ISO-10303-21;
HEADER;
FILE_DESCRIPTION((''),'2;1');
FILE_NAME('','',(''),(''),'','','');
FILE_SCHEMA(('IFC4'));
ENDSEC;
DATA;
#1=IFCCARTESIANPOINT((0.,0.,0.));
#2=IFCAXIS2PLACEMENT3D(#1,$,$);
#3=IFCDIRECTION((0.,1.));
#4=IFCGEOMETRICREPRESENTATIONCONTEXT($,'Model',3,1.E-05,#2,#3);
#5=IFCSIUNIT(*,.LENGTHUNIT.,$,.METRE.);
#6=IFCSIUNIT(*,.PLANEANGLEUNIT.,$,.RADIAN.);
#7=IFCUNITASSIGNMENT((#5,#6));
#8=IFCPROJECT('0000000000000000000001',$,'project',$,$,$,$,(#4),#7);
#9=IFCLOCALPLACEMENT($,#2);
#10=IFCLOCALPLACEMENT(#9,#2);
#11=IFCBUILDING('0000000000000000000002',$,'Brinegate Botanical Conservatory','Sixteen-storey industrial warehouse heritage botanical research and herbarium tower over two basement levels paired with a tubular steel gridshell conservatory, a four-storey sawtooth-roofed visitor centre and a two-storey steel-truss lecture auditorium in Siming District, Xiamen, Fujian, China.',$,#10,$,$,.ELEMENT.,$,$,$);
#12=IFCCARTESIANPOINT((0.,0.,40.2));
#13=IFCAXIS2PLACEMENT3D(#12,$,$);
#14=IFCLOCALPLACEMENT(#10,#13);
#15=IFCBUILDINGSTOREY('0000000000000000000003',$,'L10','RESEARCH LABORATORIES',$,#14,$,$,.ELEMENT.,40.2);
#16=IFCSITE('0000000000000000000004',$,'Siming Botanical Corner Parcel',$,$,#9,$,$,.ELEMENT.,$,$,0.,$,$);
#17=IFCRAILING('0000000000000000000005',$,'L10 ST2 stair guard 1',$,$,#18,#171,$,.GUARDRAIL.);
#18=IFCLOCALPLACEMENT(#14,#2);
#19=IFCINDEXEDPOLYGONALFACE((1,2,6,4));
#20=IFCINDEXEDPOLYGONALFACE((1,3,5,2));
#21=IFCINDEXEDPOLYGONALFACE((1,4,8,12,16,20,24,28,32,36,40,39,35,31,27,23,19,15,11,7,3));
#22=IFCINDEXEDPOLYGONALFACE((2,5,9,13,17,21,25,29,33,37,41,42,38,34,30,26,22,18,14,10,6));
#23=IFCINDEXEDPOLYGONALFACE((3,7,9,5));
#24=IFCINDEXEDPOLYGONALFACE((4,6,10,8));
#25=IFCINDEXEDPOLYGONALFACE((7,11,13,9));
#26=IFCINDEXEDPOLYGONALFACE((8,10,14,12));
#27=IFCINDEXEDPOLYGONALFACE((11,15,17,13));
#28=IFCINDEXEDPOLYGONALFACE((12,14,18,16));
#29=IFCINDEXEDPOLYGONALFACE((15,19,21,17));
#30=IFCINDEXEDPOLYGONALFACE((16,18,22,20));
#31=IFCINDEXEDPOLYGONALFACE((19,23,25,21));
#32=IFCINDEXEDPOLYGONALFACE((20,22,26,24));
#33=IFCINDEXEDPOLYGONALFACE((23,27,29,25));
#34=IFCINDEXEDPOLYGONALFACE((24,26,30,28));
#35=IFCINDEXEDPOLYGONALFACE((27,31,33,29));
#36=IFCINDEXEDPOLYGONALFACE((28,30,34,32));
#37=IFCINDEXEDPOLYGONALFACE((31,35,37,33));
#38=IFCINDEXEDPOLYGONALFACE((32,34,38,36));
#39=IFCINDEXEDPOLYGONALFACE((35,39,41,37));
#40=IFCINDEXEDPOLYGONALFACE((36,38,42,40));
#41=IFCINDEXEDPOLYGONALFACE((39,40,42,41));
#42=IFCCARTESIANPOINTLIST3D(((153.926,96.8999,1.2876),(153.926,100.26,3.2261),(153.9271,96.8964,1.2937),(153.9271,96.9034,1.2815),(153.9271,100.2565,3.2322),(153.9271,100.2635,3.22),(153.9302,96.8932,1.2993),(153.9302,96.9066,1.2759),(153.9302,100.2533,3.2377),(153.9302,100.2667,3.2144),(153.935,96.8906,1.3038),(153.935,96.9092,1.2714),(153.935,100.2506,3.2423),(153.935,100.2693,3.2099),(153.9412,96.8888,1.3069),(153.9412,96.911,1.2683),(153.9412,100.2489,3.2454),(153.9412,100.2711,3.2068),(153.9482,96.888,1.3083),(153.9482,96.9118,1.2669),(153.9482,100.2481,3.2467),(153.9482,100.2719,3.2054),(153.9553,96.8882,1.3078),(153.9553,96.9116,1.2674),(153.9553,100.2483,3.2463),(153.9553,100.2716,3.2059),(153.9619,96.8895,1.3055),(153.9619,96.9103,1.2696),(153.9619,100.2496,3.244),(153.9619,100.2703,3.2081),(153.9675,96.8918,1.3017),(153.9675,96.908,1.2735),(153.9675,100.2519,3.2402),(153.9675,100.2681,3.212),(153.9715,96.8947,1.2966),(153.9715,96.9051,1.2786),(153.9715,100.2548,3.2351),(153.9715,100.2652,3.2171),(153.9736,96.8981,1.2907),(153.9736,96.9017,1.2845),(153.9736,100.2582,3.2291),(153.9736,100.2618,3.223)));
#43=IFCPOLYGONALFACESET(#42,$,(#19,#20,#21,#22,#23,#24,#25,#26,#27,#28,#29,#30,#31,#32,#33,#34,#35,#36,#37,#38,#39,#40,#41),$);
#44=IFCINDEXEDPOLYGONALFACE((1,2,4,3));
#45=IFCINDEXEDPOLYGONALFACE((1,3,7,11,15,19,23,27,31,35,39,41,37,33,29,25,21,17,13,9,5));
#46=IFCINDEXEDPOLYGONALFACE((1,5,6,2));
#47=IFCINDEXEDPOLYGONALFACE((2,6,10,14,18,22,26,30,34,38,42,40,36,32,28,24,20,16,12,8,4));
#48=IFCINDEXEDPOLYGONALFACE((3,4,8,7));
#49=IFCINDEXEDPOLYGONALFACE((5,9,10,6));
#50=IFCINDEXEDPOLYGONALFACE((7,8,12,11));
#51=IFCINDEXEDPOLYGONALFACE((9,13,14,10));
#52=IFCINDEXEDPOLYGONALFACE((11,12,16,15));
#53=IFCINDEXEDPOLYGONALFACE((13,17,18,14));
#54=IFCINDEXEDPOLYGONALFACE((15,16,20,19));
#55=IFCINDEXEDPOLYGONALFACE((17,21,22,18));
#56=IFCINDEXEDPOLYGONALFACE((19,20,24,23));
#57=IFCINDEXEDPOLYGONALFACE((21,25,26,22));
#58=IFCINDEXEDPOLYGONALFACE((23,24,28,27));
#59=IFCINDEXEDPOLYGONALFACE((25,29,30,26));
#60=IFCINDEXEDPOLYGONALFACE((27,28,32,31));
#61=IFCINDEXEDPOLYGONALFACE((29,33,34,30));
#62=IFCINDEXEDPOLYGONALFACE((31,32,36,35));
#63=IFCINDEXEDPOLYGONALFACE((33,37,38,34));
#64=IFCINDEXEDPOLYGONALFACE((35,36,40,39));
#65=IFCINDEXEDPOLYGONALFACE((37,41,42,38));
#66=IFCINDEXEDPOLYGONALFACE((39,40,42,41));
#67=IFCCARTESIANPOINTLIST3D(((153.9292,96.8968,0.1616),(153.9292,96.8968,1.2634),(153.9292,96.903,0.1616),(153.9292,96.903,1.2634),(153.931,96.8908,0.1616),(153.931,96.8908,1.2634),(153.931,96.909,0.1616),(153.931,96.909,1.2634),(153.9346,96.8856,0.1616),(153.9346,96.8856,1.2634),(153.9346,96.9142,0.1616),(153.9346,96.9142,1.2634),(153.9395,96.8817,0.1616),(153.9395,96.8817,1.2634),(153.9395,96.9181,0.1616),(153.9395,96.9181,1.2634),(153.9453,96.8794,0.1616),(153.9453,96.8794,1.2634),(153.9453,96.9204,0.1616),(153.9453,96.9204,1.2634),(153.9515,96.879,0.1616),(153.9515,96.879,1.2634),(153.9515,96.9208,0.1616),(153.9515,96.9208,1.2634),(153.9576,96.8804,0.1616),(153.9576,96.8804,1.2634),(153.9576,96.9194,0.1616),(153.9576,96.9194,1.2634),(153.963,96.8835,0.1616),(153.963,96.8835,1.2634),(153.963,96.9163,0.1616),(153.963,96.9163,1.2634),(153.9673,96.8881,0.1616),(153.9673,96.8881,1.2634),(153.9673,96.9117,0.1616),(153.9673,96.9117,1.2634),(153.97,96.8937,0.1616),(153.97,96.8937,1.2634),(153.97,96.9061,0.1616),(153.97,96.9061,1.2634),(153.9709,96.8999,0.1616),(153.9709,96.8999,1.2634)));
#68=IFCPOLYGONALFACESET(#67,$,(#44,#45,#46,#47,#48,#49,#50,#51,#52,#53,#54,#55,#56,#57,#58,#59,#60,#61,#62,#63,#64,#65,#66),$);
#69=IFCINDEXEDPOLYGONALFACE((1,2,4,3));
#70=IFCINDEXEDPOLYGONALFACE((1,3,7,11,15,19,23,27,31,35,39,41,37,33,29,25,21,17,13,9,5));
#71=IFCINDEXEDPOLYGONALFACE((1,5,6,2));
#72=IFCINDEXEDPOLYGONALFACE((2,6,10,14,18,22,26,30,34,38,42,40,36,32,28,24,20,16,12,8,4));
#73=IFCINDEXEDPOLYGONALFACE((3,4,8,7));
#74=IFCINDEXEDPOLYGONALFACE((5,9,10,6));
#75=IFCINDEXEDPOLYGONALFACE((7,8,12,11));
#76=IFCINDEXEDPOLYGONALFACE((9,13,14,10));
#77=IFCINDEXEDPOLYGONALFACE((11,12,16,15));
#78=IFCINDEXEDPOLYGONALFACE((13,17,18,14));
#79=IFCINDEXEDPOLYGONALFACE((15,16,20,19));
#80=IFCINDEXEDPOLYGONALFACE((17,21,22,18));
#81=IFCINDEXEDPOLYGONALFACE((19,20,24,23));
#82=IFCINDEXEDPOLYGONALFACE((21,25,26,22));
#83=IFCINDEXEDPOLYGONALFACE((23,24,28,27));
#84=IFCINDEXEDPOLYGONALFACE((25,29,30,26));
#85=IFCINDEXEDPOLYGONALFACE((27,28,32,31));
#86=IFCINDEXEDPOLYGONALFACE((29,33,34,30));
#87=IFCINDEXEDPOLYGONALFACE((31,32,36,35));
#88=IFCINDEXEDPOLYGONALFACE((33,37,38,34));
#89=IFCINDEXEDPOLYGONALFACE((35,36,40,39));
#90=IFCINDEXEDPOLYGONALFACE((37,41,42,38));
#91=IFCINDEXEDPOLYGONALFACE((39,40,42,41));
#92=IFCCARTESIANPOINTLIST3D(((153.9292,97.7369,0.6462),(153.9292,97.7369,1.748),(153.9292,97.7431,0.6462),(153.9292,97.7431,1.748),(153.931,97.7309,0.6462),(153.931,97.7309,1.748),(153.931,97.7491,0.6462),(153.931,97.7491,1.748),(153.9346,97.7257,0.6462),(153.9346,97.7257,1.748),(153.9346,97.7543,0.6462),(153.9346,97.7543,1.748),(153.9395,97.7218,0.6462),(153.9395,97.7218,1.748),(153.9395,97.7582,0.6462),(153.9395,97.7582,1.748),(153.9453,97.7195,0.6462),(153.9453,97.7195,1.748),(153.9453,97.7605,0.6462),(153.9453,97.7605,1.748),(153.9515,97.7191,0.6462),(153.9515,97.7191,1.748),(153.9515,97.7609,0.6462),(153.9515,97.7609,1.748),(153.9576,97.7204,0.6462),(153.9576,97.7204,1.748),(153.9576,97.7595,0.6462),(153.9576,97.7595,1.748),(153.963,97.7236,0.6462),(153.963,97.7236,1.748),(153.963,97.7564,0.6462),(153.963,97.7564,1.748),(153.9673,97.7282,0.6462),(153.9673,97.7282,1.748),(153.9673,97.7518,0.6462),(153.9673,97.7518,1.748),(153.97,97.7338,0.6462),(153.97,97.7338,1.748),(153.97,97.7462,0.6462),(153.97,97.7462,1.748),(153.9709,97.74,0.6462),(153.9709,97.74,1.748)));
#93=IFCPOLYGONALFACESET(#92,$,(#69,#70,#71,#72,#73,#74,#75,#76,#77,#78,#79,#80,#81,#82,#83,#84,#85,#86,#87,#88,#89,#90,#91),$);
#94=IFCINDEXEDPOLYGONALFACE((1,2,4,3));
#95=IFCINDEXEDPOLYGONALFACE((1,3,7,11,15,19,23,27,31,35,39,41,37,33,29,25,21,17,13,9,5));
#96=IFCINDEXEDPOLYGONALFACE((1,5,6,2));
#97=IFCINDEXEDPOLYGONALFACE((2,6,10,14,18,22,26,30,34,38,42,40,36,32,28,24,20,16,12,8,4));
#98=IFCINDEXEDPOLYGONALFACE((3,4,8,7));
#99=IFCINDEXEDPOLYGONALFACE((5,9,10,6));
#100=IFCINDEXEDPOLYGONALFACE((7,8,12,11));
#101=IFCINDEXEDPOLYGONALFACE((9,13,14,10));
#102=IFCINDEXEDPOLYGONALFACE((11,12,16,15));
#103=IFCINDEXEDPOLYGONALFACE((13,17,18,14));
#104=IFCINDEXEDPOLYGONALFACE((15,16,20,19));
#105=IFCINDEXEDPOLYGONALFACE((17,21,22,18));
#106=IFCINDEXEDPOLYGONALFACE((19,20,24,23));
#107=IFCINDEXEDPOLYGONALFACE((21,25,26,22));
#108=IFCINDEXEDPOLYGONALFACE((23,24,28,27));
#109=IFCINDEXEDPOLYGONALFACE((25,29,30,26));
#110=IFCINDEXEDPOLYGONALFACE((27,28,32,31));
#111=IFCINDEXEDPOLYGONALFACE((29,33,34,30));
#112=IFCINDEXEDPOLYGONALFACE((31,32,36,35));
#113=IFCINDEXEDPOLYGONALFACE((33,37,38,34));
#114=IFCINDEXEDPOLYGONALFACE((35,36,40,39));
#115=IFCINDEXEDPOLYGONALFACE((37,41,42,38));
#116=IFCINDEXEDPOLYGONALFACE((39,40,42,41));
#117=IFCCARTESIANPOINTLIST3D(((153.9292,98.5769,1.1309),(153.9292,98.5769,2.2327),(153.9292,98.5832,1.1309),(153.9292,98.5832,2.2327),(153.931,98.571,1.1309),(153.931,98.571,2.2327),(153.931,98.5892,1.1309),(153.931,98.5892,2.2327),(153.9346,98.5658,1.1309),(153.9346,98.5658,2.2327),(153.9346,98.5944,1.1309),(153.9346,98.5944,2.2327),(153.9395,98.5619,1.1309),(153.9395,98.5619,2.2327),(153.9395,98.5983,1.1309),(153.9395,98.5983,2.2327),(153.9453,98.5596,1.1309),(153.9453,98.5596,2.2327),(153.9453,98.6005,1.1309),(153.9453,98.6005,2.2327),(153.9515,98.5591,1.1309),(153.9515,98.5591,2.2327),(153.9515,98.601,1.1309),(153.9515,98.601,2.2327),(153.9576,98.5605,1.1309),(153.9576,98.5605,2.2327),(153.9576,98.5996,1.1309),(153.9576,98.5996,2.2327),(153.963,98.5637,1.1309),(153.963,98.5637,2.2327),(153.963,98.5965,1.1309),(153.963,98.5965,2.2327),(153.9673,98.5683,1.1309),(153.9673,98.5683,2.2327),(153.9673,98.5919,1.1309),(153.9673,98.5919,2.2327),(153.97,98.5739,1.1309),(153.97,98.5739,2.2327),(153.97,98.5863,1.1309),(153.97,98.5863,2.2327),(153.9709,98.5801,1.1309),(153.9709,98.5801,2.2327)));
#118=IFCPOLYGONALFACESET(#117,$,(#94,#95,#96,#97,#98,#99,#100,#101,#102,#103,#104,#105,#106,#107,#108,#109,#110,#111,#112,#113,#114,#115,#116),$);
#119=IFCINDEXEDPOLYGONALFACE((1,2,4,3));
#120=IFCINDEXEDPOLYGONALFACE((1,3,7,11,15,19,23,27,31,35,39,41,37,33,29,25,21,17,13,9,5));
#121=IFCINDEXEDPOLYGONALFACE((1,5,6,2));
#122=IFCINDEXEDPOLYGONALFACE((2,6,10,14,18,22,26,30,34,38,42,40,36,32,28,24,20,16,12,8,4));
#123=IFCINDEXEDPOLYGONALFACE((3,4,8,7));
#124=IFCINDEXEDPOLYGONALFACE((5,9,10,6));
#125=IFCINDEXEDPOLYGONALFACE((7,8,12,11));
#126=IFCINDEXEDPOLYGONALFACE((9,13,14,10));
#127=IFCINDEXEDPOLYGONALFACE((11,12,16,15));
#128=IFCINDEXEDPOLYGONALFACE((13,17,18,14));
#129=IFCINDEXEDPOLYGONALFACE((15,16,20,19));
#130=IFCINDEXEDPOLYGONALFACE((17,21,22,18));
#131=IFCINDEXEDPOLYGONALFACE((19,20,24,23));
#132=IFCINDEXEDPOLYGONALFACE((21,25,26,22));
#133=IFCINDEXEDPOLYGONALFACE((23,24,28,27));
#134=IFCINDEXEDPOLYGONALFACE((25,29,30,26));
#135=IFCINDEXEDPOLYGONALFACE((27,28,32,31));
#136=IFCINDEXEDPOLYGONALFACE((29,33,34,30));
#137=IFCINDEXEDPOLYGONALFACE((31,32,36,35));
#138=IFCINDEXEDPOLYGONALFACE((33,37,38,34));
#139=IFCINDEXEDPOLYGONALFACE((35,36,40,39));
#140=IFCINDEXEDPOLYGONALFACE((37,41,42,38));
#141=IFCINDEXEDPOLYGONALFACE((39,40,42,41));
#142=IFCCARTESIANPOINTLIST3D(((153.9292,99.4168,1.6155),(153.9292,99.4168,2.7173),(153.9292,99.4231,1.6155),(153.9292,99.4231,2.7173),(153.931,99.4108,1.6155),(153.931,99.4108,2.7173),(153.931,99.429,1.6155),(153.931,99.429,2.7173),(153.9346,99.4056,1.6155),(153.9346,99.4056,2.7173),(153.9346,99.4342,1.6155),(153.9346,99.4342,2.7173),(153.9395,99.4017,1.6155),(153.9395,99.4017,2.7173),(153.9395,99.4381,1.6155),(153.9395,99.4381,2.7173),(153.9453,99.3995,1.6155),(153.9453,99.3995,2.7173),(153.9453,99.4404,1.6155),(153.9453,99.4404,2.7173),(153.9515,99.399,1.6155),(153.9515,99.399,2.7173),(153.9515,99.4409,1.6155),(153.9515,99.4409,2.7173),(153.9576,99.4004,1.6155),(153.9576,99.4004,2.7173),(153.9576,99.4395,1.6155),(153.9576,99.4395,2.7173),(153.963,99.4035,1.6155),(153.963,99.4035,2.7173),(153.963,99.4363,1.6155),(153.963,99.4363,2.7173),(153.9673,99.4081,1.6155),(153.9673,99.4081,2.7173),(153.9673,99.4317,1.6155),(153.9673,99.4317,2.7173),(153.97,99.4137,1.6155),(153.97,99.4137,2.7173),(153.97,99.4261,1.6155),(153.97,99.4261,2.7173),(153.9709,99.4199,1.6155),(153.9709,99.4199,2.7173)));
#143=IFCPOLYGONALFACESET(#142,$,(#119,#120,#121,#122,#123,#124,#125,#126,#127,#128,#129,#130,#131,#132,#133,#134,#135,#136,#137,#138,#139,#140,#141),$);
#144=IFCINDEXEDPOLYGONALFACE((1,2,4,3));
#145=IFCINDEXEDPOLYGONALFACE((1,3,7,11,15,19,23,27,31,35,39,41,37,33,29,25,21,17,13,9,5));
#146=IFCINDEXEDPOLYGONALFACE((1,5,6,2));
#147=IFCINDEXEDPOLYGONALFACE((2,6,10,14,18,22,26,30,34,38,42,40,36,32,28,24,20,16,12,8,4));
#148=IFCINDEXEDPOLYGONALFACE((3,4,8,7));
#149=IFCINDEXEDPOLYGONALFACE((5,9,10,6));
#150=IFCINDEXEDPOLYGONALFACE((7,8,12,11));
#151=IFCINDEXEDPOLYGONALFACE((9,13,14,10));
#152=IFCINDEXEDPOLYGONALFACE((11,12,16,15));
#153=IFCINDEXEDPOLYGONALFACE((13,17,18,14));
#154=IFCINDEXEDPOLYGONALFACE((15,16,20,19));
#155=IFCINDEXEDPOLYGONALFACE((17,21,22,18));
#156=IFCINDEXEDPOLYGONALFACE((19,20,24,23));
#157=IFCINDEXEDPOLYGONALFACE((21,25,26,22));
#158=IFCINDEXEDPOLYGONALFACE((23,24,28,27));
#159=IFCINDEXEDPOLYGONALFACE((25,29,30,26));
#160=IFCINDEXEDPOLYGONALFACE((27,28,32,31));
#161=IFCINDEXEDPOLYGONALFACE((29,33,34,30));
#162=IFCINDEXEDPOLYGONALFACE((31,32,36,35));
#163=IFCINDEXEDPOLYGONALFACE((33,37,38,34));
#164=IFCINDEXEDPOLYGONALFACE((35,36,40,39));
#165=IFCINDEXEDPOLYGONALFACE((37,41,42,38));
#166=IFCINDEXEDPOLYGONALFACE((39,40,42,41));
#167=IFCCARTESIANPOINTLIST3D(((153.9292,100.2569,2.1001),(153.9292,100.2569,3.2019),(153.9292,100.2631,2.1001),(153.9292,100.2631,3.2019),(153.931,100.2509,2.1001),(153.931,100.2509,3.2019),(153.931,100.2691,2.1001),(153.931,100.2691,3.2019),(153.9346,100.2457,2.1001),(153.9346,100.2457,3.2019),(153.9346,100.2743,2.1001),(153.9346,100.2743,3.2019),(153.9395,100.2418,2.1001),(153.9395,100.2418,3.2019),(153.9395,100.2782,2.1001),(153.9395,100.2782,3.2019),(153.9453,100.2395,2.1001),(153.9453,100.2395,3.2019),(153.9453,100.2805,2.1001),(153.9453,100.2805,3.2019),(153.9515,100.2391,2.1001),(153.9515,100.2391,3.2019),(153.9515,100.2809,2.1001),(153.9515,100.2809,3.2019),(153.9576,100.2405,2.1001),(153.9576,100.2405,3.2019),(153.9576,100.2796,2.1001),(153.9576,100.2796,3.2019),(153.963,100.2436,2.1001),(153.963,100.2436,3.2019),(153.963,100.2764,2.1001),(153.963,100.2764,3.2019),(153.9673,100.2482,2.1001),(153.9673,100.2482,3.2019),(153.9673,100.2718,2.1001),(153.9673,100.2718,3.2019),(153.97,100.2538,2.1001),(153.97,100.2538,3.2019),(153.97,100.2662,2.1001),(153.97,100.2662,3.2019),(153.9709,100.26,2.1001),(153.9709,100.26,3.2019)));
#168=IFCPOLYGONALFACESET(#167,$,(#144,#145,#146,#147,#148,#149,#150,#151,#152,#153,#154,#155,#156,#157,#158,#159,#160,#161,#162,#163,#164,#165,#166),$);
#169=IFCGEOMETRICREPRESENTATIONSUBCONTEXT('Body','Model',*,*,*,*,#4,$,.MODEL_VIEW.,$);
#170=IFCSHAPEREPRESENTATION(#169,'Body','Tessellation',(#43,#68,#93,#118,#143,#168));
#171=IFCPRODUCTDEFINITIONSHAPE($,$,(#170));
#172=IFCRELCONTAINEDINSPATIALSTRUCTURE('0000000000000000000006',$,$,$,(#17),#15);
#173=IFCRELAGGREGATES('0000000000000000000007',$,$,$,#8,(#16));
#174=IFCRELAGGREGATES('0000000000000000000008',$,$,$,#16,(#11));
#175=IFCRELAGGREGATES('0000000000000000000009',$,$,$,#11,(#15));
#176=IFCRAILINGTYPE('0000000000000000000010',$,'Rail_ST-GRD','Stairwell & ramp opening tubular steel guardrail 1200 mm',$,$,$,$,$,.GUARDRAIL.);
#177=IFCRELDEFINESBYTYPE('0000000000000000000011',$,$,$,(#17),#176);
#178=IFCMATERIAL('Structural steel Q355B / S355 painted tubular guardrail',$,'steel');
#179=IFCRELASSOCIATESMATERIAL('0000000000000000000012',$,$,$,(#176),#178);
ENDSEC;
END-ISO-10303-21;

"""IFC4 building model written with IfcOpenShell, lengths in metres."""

from ifc_helpers import new_model, si_unit, direction, frame, origin, origin_2d, place, context, subcontext, project, spatial, circle, extrude, material, type_object, element, save


model = new_model("IFC4")

# Units and contexts
model_context = context("Model", 3, precision=1e-05, world=origin(), true_north=direction((0.0, 1.0)))
body_context = subcontext(model_context, "Body", "Model", "MODEL_VIEW")
ifc_project = project(units=[si_unit("LENGTHUNIT", "METRE"), si_unit("PLANEANGLEUNIT", "RADIAN")], contexts=[model_context])

# Site, building, storey
site_placement = place(None, origin())
site = spatial("IfcSite", under=ifc_project, at=site_placement, Name="Siming Botanical Corner Parcel", CompositionType="ELEMENT", RefElevation=0.0)
building_placement = place(site_placement, origin())
building = spatial("IfcBuilding", under=site, at=building_placement, Name="Brinegate Botanical Conservatory", Description="Sixteen-storey industrial warehouse heritage botanical research and herbarium tower over two basement levels paired with a tubular steel gridshell conservatory, a four-storey sawtooth-roofed visitor centre and a two-storey steel-truss lecture auditorium in Siming District, Xiamen, Fujian, China.", CompositionType="ELEMENT")
storey_placement = place(building_placement, frame((0.0, 0.0, 40.2)))
storey = spatial("IfcBuildingStorey", under=building, at=storey_placement, Name="L10", Description="RESEARCH LABORATORIES", CompositionType="ELEMENT", Elevation=40.2)

# Railing
ifc_material_1 = material(Name="Structural steel Q355B / S355 painted tubular guardrail", Category="steel")
railing_type_1 = type_object("IfcRailingType", Name="Rail_ST-GRD", Description="Stairwell & ramp opening tubular steel guardrail 1200 mm", PredefinedType="GUARDRAIL", material=ifc_material_1)
railing_1_placement = place(storey_placement, frame((153.95, 96.8999, 0.1616)))
element("IfcRailing", 1, at=railing_1_placement, inside=storey, type_object=railing_type_1, Name="L10 ST2 stair guard 1", PredefinedType="GUARDRAIL", context=body_context, shape_type="SweptSolid", body=[
    extrude(circle(Radius=0.0239, at=origin_2d()), frame((0.0, 0.0, 1.126), z_axis=(0.0, 0.866191, 0.499713), x_axis=(-1.0, 0.0, 0.0)), (0.0, 0.0, 1.0), 3.8792),
    extrude(circle(Radius=0.021, at=origin_2d()), origin(), (0.0, 0.0, 1.0), 1.1018),
    extrude(circle(Radius=0.021, at=origin_2d()), frame((0.0, 0.8401, 0.4846)), (0.0, 0.0, 1.0), 1.1018),
    extrude(circle(Radius=0.021, at=origin_2d()), frame((0.0, 1.6802, 0.9692)), (0.0, 0.0, 1.0), 1.1018),
    extrude(circle(Radius=0.021, at=origin_2d()), frame((0.0, 2.52, 1.4539)), (0.0, 0.0, 1.0), 1.1018),
    extrude(circle(Radius=0.021, at=origin_2d()), frame((0.0, 3.3601, 1.9385)), (0.0, 0.0, 1.0), 1.1018),
])

save(model, "model.ifc")
